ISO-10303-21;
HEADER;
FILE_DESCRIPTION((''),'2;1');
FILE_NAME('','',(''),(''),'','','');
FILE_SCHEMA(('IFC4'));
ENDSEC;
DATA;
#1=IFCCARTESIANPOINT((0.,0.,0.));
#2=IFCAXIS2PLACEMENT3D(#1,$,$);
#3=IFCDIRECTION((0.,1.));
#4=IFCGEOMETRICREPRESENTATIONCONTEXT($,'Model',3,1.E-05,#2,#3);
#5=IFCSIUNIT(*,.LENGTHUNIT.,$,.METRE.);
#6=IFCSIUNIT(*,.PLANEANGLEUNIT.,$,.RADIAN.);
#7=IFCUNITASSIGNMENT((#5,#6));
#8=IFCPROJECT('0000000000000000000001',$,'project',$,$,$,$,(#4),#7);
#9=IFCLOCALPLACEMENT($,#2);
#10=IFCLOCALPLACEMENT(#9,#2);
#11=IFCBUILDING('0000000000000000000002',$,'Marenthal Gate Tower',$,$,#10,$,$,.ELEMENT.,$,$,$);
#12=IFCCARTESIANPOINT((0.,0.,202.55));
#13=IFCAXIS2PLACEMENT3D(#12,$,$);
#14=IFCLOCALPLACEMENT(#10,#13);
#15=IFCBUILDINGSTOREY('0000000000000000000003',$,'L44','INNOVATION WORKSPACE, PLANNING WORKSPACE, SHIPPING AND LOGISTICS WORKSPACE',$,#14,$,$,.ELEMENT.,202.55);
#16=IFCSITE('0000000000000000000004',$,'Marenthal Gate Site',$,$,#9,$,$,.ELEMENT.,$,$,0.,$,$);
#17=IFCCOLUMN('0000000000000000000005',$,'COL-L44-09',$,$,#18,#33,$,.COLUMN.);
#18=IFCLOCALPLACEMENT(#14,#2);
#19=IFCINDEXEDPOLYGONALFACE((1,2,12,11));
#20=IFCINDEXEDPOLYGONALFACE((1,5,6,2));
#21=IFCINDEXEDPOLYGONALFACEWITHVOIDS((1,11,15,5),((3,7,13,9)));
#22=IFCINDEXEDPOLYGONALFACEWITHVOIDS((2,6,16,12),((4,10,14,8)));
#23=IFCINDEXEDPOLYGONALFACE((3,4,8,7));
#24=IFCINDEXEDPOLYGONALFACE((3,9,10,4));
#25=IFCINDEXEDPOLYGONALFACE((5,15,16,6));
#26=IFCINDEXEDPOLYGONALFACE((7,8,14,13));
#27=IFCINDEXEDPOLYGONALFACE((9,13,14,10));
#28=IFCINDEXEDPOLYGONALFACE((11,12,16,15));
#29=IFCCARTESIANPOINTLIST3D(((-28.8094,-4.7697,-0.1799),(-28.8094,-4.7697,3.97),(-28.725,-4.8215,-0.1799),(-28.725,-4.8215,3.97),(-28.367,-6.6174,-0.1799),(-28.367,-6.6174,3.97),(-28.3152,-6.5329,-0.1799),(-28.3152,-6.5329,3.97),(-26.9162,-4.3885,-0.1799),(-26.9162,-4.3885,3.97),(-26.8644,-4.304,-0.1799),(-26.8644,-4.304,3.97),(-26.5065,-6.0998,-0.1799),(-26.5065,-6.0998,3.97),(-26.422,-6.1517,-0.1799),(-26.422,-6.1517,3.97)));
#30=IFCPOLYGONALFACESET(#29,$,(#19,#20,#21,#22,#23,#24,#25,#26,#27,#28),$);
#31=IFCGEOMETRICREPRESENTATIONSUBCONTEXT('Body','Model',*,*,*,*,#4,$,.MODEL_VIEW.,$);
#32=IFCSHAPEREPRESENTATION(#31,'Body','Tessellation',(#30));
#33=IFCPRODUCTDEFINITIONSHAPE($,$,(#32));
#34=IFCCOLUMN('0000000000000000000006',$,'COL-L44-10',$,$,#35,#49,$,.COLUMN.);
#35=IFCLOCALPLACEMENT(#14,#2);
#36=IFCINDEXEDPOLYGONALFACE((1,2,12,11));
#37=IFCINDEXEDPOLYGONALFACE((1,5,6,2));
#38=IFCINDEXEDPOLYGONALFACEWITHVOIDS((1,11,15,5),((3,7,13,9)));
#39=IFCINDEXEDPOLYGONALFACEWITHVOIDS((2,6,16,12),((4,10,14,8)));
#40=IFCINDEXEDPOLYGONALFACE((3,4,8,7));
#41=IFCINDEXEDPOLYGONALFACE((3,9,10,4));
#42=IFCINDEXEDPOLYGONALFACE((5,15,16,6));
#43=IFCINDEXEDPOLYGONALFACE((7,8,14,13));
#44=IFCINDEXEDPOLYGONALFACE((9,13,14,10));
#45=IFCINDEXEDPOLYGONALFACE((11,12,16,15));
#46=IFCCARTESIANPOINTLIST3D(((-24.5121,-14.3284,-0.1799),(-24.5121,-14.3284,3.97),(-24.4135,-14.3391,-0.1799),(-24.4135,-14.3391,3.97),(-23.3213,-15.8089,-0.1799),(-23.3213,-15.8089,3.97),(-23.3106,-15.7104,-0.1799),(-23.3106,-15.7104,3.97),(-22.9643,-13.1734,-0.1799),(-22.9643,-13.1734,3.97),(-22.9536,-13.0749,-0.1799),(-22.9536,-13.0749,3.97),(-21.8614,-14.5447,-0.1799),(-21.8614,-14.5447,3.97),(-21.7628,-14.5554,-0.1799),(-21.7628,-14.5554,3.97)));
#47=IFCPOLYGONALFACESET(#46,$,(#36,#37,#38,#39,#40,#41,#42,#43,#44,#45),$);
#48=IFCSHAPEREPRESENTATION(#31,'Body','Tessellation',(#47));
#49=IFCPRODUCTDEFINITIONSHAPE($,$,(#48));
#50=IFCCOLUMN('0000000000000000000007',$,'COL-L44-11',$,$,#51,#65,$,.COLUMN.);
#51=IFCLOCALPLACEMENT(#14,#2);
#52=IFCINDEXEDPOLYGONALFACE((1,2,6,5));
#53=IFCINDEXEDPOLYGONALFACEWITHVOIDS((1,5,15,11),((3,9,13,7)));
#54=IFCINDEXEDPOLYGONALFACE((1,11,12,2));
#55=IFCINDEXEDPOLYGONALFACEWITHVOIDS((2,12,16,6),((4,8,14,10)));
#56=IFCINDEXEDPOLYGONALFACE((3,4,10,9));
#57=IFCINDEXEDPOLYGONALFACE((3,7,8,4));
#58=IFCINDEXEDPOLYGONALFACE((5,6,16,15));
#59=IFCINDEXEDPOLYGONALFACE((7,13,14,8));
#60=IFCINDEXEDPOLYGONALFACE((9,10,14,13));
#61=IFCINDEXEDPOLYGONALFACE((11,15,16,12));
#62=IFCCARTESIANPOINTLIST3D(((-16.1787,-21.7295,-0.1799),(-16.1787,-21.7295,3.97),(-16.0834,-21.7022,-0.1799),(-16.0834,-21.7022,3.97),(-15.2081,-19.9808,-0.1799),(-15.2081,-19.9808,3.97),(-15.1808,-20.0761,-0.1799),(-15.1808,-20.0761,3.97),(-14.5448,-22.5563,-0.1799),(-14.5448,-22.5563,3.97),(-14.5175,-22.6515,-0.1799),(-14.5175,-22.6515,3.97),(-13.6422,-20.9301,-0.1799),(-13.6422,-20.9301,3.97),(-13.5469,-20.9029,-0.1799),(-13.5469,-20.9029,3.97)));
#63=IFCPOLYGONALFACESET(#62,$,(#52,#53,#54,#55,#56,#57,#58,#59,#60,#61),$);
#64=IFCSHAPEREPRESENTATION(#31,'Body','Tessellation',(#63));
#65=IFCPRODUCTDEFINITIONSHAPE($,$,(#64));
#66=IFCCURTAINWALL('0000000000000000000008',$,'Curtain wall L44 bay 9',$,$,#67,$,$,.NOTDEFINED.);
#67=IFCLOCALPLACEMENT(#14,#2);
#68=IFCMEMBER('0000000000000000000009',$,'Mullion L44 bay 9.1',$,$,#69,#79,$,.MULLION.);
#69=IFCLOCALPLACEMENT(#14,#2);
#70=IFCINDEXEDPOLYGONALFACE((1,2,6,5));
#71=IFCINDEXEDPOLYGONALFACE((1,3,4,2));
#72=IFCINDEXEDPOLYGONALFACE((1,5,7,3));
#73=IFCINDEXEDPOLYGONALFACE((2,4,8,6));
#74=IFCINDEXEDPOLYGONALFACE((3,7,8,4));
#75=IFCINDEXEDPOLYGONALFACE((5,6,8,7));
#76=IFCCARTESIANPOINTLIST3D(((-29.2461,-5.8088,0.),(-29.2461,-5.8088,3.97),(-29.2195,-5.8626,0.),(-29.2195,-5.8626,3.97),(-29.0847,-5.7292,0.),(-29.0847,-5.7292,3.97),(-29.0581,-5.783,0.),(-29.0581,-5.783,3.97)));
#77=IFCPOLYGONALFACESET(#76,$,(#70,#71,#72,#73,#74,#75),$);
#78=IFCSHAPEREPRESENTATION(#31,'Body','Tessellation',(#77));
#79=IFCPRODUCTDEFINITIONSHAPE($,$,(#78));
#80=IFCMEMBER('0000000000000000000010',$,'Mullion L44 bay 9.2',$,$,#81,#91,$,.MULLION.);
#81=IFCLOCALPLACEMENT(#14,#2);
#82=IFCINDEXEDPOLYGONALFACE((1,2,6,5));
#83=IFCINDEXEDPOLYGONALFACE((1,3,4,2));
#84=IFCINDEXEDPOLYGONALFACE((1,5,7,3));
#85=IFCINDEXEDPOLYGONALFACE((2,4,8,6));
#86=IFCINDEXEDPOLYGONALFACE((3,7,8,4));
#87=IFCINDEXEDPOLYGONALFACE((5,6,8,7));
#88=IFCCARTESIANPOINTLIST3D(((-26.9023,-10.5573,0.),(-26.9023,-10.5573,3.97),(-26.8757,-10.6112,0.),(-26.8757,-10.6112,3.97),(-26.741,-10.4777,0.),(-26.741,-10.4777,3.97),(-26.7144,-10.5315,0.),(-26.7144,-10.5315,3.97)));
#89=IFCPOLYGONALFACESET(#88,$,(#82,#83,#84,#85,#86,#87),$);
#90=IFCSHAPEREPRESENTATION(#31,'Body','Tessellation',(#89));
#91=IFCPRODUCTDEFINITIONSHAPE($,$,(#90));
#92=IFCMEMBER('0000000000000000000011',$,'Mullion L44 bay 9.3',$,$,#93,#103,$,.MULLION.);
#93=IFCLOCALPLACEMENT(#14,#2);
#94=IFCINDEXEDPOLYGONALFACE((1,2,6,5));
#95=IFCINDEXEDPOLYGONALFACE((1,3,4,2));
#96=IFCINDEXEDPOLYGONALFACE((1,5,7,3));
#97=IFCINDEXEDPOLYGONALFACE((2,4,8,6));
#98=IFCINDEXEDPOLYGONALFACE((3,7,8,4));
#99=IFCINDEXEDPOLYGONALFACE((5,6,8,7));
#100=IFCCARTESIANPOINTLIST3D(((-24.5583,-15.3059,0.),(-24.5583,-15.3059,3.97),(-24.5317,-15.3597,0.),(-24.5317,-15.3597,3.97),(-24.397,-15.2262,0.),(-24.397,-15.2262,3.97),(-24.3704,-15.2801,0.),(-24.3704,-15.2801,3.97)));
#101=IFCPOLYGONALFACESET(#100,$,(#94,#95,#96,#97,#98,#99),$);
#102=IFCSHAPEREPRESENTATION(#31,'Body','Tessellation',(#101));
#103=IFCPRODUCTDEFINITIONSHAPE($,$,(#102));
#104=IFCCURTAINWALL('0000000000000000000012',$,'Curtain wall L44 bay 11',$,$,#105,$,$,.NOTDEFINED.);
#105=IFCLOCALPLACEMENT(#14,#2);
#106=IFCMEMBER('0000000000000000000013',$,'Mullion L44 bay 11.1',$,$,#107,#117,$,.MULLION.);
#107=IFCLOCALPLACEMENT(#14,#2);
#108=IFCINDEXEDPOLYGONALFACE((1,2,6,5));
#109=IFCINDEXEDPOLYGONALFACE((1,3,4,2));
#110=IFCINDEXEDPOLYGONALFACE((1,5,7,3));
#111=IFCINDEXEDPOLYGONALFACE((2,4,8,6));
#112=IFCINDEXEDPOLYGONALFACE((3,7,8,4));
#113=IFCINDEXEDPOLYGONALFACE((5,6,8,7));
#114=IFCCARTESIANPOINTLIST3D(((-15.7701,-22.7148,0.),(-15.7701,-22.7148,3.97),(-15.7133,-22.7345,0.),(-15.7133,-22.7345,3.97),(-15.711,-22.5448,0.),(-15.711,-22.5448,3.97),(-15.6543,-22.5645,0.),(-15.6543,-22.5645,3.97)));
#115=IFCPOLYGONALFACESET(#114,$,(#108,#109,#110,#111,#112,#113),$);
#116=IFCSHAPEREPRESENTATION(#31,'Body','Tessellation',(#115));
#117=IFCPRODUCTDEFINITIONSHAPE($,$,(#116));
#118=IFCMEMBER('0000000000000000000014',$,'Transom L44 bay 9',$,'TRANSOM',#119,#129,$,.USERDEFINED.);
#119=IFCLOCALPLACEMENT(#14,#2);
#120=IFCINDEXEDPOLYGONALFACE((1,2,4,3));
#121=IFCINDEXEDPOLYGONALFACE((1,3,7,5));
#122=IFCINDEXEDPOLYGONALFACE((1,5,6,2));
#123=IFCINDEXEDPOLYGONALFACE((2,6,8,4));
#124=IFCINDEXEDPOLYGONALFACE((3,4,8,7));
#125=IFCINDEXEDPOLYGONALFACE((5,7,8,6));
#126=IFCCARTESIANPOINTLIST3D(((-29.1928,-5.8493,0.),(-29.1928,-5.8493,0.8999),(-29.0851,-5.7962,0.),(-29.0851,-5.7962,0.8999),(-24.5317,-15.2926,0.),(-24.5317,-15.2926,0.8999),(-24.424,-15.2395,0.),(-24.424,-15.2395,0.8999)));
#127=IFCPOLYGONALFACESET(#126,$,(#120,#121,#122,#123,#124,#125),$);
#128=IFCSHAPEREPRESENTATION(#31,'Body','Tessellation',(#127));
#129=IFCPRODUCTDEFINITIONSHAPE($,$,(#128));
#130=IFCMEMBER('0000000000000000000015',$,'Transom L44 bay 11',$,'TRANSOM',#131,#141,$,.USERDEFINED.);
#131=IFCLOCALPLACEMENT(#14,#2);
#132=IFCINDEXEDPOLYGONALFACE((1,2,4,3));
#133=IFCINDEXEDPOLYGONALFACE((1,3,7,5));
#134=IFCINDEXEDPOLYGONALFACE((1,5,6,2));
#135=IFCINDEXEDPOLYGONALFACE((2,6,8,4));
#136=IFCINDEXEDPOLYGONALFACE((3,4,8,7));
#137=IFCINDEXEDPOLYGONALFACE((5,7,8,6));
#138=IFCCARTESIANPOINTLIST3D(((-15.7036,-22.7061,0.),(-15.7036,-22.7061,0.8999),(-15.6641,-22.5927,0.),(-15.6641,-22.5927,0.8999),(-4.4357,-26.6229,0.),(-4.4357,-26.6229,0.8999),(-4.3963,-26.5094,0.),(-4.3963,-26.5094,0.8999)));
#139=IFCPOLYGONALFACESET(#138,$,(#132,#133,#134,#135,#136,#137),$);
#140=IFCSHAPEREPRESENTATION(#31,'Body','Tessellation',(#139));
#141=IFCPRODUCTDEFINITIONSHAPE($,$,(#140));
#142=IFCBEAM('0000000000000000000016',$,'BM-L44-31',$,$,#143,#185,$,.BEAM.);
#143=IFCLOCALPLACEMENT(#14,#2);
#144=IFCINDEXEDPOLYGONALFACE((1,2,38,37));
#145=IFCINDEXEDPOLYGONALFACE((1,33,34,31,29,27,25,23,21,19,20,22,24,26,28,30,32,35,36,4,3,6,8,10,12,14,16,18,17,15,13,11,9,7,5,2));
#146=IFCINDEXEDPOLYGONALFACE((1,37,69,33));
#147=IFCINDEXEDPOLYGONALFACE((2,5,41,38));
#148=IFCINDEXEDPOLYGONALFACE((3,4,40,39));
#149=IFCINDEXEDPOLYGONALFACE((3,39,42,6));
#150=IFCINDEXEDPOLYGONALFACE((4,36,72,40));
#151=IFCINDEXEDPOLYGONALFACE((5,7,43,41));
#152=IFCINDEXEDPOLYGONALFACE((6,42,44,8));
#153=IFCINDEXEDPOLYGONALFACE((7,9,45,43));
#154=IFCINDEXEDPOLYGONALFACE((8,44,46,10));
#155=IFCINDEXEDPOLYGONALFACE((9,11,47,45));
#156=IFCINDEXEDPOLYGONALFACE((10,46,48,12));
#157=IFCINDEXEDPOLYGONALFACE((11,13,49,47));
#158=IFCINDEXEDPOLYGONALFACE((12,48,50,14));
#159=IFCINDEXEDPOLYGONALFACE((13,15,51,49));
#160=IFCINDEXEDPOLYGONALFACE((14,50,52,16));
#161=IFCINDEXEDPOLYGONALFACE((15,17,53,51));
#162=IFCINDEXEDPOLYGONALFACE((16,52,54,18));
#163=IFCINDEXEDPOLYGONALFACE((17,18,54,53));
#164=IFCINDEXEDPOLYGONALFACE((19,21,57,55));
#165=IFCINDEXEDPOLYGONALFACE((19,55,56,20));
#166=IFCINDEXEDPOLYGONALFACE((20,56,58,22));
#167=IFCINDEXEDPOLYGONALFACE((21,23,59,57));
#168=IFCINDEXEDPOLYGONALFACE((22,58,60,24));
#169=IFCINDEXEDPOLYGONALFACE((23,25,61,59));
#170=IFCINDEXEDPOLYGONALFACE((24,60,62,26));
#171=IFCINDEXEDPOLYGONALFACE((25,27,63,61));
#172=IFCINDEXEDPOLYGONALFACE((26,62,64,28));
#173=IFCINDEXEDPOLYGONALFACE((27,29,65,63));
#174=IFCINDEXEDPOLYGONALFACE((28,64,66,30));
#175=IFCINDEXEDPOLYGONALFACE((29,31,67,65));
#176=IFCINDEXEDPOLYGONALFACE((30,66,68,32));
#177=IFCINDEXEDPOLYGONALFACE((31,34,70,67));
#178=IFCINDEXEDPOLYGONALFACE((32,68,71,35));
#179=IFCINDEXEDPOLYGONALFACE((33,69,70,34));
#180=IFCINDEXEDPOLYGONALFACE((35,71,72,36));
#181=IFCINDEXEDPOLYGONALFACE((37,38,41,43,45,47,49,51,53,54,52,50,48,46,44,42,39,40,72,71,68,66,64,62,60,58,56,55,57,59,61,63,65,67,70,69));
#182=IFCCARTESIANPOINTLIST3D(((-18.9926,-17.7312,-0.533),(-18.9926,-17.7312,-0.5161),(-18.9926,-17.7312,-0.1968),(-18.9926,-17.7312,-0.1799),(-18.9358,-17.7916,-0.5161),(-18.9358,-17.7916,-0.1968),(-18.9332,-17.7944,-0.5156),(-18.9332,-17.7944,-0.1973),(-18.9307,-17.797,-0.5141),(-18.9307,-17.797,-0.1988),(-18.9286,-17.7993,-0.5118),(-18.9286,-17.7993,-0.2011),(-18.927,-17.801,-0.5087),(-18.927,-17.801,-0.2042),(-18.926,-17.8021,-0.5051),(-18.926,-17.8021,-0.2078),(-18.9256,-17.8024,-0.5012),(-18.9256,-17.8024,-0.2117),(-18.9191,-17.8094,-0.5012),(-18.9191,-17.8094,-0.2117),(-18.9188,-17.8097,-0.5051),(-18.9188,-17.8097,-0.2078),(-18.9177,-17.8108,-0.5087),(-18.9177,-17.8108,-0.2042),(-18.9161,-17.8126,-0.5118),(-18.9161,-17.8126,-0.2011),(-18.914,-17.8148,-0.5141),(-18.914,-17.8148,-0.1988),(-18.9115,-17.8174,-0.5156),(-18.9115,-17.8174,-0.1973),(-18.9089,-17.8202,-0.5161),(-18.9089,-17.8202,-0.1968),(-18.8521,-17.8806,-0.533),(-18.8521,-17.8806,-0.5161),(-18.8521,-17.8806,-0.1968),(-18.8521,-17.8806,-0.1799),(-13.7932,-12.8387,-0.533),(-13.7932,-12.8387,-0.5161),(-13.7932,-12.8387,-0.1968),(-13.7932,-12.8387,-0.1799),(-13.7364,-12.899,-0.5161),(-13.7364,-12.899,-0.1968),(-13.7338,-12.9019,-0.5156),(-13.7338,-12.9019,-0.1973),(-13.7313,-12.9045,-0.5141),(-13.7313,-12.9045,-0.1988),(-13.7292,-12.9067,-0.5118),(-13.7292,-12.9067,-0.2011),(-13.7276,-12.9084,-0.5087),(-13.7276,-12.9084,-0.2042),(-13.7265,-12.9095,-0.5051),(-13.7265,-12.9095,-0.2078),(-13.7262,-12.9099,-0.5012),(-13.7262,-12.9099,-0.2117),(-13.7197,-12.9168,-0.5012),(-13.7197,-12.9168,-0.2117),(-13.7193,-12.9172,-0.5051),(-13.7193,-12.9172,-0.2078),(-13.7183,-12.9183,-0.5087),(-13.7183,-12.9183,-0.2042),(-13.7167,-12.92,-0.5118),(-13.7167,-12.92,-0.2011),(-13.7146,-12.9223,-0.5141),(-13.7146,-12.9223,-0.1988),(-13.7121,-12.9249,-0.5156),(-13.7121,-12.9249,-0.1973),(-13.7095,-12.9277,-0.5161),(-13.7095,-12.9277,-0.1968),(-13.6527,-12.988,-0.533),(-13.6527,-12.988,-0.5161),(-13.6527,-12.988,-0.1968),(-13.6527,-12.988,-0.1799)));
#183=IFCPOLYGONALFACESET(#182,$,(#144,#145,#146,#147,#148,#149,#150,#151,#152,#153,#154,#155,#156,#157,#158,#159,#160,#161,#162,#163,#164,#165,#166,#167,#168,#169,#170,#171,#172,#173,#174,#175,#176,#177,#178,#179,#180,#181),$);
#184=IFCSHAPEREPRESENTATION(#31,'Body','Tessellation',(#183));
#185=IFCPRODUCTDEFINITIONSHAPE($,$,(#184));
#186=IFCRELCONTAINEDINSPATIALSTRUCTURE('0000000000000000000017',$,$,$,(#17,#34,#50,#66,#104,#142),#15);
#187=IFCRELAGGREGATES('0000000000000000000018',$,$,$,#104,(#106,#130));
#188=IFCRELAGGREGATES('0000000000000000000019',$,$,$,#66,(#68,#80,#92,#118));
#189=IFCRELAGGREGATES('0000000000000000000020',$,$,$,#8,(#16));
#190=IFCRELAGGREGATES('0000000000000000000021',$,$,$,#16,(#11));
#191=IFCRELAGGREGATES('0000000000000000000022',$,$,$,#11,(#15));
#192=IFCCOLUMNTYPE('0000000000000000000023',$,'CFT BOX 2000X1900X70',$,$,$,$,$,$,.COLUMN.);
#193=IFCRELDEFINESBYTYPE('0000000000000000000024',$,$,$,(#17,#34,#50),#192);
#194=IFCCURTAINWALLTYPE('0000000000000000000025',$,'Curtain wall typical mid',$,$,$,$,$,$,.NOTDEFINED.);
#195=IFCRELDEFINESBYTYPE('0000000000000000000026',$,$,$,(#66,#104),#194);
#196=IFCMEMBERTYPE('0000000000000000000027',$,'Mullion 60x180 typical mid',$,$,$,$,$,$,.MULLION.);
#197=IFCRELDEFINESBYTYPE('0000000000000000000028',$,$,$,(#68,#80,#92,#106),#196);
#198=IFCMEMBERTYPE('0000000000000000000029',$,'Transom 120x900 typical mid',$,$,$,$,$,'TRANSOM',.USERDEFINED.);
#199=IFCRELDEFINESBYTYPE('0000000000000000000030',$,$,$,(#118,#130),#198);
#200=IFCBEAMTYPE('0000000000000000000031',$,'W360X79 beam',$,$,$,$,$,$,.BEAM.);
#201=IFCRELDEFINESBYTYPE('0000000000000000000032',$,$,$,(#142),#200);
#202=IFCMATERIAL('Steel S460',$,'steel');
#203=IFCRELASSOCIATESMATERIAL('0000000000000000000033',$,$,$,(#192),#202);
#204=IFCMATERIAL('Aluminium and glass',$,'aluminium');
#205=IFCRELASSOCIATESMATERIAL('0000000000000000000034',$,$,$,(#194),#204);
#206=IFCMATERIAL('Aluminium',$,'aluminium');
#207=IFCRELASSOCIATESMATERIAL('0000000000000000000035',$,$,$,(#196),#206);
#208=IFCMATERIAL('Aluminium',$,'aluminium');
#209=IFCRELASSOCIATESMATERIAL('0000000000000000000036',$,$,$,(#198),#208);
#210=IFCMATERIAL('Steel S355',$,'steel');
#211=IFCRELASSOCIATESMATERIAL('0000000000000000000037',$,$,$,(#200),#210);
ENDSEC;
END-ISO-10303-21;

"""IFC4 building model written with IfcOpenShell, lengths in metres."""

from ifc_helpers import new_model, si_unit, direction, frame, origin, origin_2d, place, context, subcontext, project, spatial, rectangle, hollow_rectangle, i_section, extrude, material, material_profile, profile_set, type_object, element, aggregate, save


model = new_model("IFC4")

# Units and contexts
model_context = context("Model", 3, precision=1e-05, world=origin(), true_north=direction((0.0, 1.0)))
body_context = subcontext(model_context, "Body", "Model", "MODEL_VIEW")
ifc_project = project(units=[si_unit("LENGTHUNIT", "METRE"), si_unit("PLANEANGLEUNIT", "RADIAN")], contexts=[model_context])

# Site, building, storey
site_placement = place(None, origin())
site = spatial("IfcSite", under=ifc_project, at=site_placement, Name="Marenthal Gate Site", CompositionType="ELEMENT", RefElevation=0.0)
building_placement = place(site_placement, origin())
building = spatial("IfcBuilding", under=site, at=building_placement, Name="Marenthal Gate Tower", CompositionType="ELEMENT")
storey_placement = place(building_placement, frame((0.0, 0.0, 202.55)))
storey = spatial("IfcBuildingStorey", under=building, at=storey_placement, Name="L44", Description="INNOVATION WORKSPACE, PLANNING WORKSPACE, SHIPPING AND LOGISTICS WORKSPACE", CompositionType="ELEMENT", Elevation=202.55)

# Columns
ifc_material_1 = material(Name="Steel S460", Category="steel")
ifc_material_profile_1 = material_profile(ifc_material_1, hollow_rectangle(XDim=1.8999, YDim=2.0, WallThickness=0.0701, at=origin_2d()), Name="CFT BOX 2000X1900X70")
ifc_material_2 = material(Name="Concrete 70 MPa", Category="concrete")
ifc_material_profile_2 = material_profile(ifc_material_2, rectangle(XDim=1.76, YDim=1.8601, at=origin_2d()), Name="CFT BOX 2000X1900X70 INFILL")
ifc_profile_set_1 = profile_set([ifc_material_profile_1, ifc_material_profile_2], Name="Steel S460 shell, Concrete 70 MPa infill")
column_type = type_object("IfcColumnType", Name="CFT BOX 2000X1900X70", PredefinedType="COLUMN", material=ifc_profile_set_1)
for number, where, z_axis, x_axis, name in (
    (1, (-27.6157, -5.4607, -0.1799), (0.0, 0.0, 1.0), (-0.232863, 0.972509, 0.0), "COL-L44-09"),
    (2, (-23.1375, -14.4419, -0.1799), (0.0, 0.0, 1.0), (-0.626752, 0.779219, 0.0), "COL-L44-10"),
    (3, (-14.8628, -21.3162, -0.1799), (0.0, 0.0, 1.0), (-0.874337, 0.485319, 0.0), "COL-L44-11"),
):
    element("IfcColumn", number, at=place(storey_placement, frame(where, z_axis=z_axis, x_axis=x_axis)), inside=storey, type_object=column_type, Name=name, PredefinedType="COLUMN", context=body_context, shape_type="SweptSolid", body=[
        extrude(hollow_rectangle(XDim=1.8999, YDim=2.0, WallThickness=0.0701, at=origin_2d()), origin(), (0.0, 0.0, 1.0), 4.1499),
    ])

# Curtain wall, members
ifc_material_3 = material(Name="Aluminium and glass", Category="aluminium")
curtain_wall_type = type_object("IfcCurtainWallType", Name="Curtain wall typical mid", PredefinedType="NOTDEFINED", material=ifc_material_3)
curtain_wall_1_placement = place(storey_placement, origin())
curtain_wall_1 = element("IfcCurtainWall", 4, at=curtain_wall_1_placement, inside=storey, type_object=curtain_wall_type, Name="Curtain wall L44 bay 9", PredefinedType="NOTDEFINED")
ifc_material_4 = material(Name="Aluminium", Category="aluminium")
ifc_material_profile_3 = material_profile(ifc_material_4, rectangle(XDim=0.1799, YDim=0.0601, at=origin_2d()), Name="60x180 aluminium mullion")
ifc_profile_set_2 = profile_set([ifc_material_profile_3], Name="Aluminium")
member_type_1 = type_object("IfcMemberType", Name="Mullion 60x180 typical mid", PredefinedType="MULLION", material=ifc_profile_set_2)
member_1_placement = place(storey_placement, frame((-29.1521, -5.7959, 0.0), z_axis=(0.0, 0.0, 1.0), x_axis=(0.896716, 0.442607, 0.0)))
member_1 = element("IfcMember", 5, at=member_1_placement, type_object=member_type_1, Name="Mullion L44 bay 9.1", PredefinedType="MULLION", context=body_context, shape_type="SweptSolid", body=[
    extrude(rectangle(XDim=0.1799, YDim=0.0601, at=origin_2d()), origin(), (0.0, 0.0, 1.0), 3.97),
])
member_2_placement = place(storey_placement, frame((-26.8083, -10.5444, 0.0), z_axis=(0.0, 0.0, 1.0), x_axis=(0.896716, 0.442607, 0.0)))
member_2 = element("IfcMember", 6, at=member_2_placement, type_object=member_type_1, Name="Mullion L44 bay 9.2", PredefinedType="MULLION", context=body_context, shape_type="SweptSolid", body=[
    extrude(rectangle(XDim=0.1799, YDim=0.0601, at=origin_2d()), origin(), (0.0, 0.0, 1.0), 3.97),
])
member_3_placement = place(storey_placement, frame((-24.4644, -15.293, 0.0), z_axis=(0.0, 0.0, 1.0), x_axis=(0.896716, 0.442607, 0.0)))
member_3 = element("IfcMember", 7, at=member_3_placement, type_object=member_type_1, Name="Mullion L44 bay 9.3", PredefinedType="MULLION", context=body_context, shape_type="SweptSolid", body=[
    extrude(rectangle(XDim=0.1799, YDim=0.0601, at=origin_2d()), origin(), (0.0, 0.0, 1.0), 3.97),
])

# Curtain wall, member
curtain_wall_2_placement = place(storey_placement, origin())
curtain_wall_2 = element("IfcCurtainWall", 8, at=curtain_wall_2_placement, inside=storey, type_object=curtain_wall_type, Name="Curtain wall L44 bay 11", PredefinedType="NOTDEFINED")
member_4_placement = place(storey_placement, frame((-15.7122, -22.6396, 0.0), z_axis=(0.0, 0.0, 1.0), x_axis=(0.328332, 0.944562, 0.0)))
member_4 = element("IfcMember", 9, at=member_4_placement, type_object=member_type_1, Name="Mullion L44 bay 11.1", PredefinedType="MULLION", context=body_context, shape_type="SweptSolid", body=[
    extrude(rectangle(XDim=0.1799, YDim=0.0601, at=origin_2d()), origin(), (0.0, 0.0, 1.0), 3.97),
])

# Members
ifc_material_5 = material(Name="Aluminium", Category="aluminium")
ifc_material_profile_4 = material_profile(ifc_material_5, rectangle(XDim=0.1201, YDim=0.8999, at=origin_2d()), Name="120x900 aluminium transom")
ifc_profile_set_3 = profile_set([ifc_material_profile_4], Name="Aluminium")
member_type_2 = type_object("IfcMemberType", Name="Transom 120x900 typical mid", ElementType="TRANSOM", PredefinedType="USERDEFINED", material=ifc_profile_set_3)
member_5_placement = place(storey_placement, frame((-29.1389, -5.8228, 0.45), z_axis=(0.442608, -0.896715, 0.0), x_axis=(0.896715, 0.442608, 0.0)))
member_5 = element("IfcMember", 10, at=member_5_placement, type_object=member_type_2, Name="Transom L44 bay 9", ObjectType="TRANSOM", PredefinedType="USERDEFINED", context=body_context, shape_type="SweptSolid", body=[
    extrude(rectangle(XDim=0.1201, YDim=0.8999, at=origin_2d()), origin(), (0.0, 0.0, 1.0), 10.531),
])
member_6_placement = place(storey_placement, frame((-15.6838, -22.6494, 0.45), z_axis=(0.944562, -0.328334, 0.0), x_axis=(0.328334, 0.944562, 0.0)))
member_6 = element("IfcMember", 11, at=member_6_placement, type_object=member_type_2, Name="Transom L44 bay 11", ObjectType="TRANSOM", PredefinedType="USERDEFINED", context=body_context, shape_type="SweptSolid", body=[
    extrude(rectangle(XDim=0.1201, YDim=0.8999, at=origin_2d()), origin(), (0.0, 0.0, 1.0), 11.9292),
])
aggregate(curtain_wall_2, [member_4, member_6])

# Beam
ifc_material_6 = material(Name="Steel S355", Category="steel")
ifc_material_profile_5 = material_profile(ifc_material_6, i_section(OverallWidth=0.2051, OverallDepth=0.353, WebThickness=0.0095, FlangeThickness=0.0168, FilletRadius=0.0149, at=origin_2d()), Name="W360X79")
ifc_profile_set_4 = profile_set([ifc_material_profile_5], Name="Steel S355")
beam_type_1 = type_object("IfcBeamType", Name="W360X79 beam", PredefinedType="BEAM", material=ifc_profile_set_4)
beam_1_placement = place(storey_placement, frame((-18.9224, -17.8059, -0.3564), z_axis=(0.728272, 0.685288, 0.0), x_axis=(-0.685288, 0.728272, 0.0)))
element("IfcBeam", 12, at=beam_1_placement, inside=storey, type_object=beam_type_1, Name="BM-L44-31", PredefinedType="BEAM", context=body_context, shape_type="SweptSolid", body=[
    extrude(i_section(OverallWidth=0.2051, OverallDepth=0.353, WebThickness=0.0095, FlangeThickness=0.0168, FilletRadius=0.0149, at=origin_2d()), origin(), (0.0, 0.0, 1.0), 7.1394),
])

aggregate(curtain_wall_1, [member_1, member_2, member_3, member_5])

save(model, "model.ifc")
